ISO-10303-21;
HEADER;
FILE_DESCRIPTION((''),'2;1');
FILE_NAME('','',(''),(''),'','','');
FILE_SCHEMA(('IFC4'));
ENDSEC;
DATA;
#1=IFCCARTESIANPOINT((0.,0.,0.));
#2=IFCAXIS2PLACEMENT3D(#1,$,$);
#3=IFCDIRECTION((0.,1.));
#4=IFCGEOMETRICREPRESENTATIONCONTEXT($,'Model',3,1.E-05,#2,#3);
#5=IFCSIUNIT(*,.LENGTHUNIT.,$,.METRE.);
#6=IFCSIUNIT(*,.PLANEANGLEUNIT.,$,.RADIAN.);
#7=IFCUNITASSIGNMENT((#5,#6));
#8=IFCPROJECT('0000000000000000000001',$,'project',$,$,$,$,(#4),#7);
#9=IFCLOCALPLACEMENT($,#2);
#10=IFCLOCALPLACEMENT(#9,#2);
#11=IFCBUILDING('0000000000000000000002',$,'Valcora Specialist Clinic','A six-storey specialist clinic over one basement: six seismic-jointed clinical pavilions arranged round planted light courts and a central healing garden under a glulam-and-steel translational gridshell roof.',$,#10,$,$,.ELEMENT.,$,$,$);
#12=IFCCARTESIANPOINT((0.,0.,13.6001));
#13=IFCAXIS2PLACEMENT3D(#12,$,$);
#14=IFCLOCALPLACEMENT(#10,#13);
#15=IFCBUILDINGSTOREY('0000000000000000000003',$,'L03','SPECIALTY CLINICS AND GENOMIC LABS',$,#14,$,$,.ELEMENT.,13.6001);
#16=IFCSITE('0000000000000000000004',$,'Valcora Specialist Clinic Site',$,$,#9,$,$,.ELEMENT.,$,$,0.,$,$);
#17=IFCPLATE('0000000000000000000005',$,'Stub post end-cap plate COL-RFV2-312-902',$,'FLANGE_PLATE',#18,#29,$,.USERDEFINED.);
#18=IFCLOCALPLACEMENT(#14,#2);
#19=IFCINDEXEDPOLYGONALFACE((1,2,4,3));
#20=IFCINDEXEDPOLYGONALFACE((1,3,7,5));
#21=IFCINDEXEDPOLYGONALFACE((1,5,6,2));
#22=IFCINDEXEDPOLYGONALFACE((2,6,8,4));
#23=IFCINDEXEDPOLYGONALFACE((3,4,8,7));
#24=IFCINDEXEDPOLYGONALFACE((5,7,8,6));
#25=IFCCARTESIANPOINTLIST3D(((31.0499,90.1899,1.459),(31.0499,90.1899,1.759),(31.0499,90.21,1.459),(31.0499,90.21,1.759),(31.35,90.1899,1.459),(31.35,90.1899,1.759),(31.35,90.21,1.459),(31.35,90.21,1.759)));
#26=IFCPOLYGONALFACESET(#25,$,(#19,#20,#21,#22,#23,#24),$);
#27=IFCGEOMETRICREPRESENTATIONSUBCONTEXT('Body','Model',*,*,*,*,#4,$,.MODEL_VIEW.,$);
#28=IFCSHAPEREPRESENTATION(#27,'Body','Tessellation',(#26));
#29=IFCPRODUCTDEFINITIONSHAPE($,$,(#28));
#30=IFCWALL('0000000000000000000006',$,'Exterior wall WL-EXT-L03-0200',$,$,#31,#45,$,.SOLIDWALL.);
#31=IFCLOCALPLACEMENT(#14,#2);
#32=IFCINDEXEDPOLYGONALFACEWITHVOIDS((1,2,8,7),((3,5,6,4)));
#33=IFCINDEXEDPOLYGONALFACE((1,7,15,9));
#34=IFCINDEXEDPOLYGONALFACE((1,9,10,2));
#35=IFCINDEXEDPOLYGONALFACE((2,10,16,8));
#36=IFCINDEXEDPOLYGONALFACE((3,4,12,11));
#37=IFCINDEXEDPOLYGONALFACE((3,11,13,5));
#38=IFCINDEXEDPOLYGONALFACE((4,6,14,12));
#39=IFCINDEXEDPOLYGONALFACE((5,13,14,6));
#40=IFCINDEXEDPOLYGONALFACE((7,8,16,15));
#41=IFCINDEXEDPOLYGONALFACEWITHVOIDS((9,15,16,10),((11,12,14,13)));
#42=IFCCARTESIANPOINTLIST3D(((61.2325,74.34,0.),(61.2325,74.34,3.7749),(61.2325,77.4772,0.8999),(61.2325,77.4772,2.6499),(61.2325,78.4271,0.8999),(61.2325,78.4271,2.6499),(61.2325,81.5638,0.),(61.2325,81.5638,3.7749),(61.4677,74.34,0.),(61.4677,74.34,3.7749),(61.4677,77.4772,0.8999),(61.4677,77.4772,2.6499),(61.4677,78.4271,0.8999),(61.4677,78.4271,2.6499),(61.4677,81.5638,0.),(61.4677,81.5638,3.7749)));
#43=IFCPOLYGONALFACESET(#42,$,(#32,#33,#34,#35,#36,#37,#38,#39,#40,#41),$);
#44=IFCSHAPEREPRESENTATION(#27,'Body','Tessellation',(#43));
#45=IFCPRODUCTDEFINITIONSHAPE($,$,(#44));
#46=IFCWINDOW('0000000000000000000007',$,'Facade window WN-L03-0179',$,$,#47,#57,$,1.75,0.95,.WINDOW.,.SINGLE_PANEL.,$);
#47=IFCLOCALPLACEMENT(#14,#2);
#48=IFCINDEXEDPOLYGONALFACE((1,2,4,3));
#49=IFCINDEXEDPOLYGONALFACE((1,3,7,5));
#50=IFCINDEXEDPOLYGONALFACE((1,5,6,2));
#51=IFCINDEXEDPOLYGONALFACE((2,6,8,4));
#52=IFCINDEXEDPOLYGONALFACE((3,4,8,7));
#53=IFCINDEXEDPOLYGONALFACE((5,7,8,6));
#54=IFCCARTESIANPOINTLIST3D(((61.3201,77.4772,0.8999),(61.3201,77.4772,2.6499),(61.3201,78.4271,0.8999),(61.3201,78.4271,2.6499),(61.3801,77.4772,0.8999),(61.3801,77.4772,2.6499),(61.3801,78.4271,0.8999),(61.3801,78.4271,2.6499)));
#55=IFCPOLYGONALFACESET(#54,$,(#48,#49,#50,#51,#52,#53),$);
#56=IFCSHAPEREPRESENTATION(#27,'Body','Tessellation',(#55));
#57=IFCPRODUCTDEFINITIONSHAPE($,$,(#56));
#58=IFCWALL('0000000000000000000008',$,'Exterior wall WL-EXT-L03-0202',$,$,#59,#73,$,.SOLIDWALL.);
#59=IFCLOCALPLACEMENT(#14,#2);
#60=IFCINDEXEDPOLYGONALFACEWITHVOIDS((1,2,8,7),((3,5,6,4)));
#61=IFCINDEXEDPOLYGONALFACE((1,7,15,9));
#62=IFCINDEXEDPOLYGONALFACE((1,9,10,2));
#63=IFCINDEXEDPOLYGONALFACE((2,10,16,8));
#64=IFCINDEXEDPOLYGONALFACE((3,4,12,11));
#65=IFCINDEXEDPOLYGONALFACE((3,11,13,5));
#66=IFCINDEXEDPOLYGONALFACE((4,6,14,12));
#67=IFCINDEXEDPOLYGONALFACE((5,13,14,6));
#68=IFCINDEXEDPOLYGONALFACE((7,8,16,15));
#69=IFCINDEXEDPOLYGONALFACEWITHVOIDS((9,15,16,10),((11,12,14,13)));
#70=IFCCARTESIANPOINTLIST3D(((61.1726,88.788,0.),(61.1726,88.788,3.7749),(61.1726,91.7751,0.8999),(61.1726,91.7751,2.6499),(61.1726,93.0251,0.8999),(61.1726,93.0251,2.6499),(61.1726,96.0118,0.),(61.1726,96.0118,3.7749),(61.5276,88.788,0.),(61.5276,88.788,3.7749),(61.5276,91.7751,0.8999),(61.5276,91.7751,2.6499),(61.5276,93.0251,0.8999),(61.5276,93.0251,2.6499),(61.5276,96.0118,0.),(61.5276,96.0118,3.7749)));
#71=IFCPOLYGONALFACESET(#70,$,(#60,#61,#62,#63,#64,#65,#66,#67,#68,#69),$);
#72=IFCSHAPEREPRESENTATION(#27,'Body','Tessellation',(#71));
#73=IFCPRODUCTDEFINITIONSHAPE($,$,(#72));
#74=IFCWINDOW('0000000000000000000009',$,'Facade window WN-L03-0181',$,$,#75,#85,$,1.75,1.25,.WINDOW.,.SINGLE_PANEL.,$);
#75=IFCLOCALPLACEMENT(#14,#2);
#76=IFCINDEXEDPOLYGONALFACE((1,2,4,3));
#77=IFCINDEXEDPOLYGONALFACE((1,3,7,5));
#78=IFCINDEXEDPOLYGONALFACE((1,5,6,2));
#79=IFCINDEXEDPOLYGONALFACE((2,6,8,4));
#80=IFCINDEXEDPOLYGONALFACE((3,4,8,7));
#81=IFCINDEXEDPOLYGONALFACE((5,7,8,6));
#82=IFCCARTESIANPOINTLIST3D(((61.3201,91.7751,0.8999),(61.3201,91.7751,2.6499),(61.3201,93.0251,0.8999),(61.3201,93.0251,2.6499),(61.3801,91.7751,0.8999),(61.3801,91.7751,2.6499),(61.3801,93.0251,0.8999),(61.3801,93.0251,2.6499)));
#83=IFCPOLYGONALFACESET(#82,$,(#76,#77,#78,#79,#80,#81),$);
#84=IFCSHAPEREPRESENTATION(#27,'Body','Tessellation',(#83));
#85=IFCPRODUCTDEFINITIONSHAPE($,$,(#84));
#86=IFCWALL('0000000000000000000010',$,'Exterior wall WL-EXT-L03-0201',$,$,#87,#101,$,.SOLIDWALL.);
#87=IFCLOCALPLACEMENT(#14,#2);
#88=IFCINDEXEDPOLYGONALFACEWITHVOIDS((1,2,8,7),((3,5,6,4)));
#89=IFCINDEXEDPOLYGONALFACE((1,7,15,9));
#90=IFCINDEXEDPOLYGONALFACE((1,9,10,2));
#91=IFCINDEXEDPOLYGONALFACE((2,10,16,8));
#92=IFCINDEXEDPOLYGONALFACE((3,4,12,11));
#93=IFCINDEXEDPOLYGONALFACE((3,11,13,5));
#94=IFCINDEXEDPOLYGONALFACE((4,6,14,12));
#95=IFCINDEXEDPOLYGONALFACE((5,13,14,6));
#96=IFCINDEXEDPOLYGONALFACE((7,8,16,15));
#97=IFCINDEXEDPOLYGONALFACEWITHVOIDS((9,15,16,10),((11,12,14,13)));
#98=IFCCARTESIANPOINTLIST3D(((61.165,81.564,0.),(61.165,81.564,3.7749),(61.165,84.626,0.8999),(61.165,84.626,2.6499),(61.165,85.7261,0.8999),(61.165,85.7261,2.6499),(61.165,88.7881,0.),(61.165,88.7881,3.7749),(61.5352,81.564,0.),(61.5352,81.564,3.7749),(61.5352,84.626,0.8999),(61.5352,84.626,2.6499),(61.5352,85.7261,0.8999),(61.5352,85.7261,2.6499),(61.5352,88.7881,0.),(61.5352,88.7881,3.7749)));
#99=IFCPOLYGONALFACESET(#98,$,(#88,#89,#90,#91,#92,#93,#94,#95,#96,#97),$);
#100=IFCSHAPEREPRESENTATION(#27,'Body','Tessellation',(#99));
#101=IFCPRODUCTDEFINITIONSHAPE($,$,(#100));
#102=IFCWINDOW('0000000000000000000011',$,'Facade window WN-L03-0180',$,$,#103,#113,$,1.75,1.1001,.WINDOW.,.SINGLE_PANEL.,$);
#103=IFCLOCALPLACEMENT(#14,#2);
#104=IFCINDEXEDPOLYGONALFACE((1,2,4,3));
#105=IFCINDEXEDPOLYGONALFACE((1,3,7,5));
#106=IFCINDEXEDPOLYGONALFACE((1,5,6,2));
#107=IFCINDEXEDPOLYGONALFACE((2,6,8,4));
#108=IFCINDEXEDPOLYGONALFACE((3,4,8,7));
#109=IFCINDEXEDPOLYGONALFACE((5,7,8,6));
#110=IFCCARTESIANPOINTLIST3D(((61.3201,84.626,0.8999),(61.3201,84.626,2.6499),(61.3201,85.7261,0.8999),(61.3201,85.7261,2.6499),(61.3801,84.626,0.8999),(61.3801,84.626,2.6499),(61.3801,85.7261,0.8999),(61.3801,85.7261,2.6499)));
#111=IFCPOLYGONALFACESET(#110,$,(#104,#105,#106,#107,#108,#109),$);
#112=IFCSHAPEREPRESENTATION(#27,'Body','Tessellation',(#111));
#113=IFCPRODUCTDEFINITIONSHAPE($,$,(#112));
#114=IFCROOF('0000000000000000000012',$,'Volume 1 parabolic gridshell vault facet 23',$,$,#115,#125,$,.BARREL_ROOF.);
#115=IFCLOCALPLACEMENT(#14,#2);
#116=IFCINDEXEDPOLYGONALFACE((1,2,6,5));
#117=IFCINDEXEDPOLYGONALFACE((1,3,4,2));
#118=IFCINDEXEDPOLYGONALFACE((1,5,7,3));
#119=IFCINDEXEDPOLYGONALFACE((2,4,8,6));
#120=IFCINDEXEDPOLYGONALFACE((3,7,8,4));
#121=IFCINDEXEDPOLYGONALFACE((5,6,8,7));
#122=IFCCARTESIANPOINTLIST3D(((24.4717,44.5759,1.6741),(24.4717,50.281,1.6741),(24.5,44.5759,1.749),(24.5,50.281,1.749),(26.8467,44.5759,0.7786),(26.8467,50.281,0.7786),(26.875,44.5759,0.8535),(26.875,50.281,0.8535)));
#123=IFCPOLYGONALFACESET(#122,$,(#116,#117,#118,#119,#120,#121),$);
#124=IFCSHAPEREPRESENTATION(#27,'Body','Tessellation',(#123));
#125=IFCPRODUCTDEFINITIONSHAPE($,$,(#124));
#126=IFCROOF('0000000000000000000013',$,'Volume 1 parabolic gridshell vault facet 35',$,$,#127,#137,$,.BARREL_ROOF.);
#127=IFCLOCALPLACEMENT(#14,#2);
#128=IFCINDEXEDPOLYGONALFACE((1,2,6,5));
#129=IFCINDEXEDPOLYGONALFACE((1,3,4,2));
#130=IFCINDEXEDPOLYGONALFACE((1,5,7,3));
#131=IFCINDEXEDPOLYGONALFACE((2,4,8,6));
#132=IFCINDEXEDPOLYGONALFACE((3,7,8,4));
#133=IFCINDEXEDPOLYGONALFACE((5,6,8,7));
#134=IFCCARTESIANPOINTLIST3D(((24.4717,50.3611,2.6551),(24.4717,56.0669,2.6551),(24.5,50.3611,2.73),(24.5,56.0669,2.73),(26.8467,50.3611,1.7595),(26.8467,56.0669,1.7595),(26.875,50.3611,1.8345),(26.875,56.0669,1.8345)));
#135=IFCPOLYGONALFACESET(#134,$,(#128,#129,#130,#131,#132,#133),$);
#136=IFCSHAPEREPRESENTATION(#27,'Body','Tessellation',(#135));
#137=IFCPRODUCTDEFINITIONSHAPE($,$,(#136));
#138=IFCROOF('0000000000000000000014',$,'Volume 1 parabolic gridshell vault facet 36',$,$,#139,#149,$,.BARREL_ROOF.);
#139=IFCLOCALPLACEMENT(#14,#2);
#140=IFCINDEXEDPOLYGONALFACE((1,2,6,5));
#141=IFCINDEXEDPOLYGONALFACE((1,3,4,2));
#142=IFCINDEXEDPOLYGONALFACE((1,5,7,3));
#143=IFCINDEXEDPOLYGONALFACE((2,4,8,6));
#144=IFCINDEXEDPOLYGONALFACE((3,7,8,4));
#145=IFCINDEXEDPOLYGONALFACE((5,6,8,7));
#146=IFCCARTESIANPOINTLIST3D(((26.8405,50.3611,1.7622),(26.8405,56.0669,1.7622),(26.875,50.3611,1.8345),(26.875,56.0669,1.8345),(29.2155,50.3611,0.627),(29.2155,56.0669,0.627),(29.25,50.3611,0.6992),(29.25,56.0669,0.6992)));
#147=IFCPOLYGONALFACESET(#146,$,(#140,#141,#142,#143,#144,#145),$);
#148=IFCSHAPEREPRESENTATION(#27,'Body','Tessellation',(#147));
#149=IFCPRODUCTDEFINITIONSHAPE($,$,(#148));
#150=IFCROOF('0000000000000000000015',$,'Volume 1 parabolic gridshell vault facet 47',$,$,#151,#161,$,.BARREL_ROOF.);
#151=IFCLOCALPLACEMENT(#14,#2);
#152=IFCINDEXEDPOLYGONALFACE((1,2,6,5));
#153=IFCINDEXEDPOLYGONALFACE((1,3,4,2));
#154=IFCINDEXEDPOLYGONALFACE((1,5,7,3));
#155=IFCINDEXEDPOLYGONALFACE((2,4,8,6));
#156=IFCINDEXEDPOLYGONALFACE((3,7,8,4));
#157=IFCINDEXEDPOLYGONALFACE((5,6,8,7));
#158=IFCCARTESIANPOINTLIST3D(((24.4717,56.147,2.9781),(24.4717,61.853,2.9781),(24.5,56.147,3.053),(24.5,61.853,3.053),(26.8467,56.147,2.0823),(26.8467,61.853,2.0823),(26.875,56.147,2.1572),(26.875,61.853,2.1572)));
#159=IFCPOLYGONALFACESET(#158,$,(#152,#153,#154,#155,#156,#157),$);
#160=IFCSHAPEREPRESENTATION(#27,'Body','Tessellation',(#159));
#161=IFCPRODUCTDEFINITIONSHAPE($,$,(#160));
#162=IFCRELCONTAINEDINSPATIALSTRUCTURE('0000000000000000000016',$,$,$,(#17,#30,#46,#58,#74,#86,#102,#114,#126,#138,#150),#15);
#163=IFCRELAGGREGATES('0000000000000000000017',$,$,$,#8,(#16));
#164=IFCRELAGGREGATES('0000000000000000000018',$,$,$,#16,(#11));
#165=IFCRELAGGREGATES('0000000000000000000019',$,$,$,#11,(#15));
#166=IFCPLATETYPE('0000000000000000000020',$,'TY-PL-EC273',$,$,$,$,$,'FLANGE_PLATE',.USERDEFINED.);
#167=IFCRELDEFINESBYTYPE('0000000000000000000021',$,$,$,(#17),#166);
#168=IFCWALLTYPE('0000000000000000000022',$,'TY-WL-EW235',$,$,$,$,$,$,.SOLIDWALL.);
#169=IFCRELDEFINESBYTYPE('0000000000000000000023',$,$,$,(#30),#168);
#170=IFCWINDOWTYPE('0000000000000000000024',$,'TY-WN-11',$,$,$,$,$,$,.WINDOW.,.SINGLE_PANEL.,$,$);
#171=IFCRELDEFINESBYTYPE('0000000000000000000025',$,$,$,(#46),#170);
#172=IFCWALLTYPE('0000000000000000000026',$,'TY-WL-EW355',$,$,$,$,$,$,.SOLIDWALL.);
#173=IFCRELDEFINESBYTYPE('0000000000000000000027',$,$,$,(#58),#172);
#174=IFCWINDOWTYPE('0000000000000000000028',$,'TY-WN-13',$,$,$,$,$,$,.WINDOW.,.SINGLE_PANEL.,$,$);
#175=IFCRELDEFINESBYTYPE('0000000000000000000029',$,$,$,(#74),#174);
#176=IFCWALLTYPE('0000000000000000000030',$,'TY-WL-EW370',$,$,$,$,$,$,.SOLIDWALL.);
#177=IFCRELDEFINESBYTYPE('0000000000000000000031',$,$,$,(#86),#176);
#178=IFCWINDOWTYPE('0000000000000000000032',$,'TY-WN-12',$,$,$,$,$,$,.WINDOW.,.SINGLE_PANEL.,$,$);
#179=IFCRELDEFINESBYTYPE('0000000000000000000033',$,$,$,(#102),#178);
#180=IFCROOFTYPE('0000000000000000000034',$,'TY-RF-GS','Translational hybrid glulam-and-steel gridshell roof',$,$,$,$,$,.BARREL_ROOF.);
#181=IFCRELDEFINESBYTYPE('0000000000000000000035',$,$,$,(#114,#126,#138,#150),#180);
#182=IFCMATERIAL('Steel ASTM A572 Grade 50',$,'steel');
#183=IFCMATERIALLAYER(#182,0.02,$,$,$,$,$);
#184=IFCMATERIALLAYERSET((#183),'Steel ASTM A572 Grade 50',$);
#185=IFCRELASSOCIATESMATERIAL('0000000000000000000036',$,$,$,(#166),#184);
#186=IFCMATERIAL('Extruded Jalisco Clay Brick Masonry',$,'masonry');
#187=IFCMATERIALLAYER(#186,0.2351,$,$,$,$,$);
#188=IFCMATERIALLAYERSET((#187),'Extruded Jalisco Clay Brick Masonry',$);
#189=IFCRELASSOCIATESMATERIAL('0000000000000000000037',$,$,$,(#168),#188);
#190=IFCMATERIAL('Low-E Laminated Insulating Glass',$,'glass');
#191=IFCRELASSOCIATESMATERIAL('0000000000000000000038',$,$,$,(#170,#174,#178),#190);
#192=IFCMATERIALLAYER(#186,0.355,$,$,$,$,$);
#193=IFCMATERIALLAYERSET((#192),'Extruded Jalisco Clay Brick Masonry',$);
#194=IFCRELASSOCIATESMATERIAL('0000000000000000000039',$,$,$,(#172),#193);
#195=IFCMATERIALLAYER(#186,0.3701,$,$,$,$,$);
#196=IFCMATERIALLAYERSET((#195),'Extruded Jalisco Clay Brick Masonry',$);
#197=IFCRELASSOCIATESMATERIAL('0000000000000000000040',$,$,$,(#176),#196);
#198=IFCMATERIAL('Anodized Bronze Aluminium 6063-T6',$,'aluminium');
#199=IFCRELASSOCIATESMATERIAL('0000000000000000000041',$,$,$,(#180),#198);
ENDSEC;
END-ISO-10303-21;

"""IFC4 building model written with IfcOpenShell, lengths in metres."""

from ifc_helpers import new_model, si_unit, direction, frame, frame_2d, origin, origin_2d, place, context, subcontext, project, spatial, polyline, rectangle, outline, extrude, material, layer, layer_set, type_object, element, fill, save


model = new_model("IFC4")

# Units and contexts
model_context = context("Model", 3, precision=1e-05, world=origin(), true_north=direction((0.0, 1.0)))
body_context = subcontext(model_context, "Body", "Model", "MODEL_VIEW")
ifc_project = project(units=[si_unit("LENGTHUNIT", "METRE"), si_unit("PLANEANGLEUNIT", "RADIAN")], contexts=[model_context])

# Site, building, storey
site_placement = place(None, origin())
site = spatial("IfcSite", under=ifc_project, at=site_placement, Name="Valcora Specialist Clinic Site", CompositionType="ELEMENT", RefElevation=0.0)
building_placement = place(site_placement, origin())
building = spatial("IfcBuilding", under=site, at=building_placement, Name="Valcora Specialist Clinic", Description="A six-storey specialist clinic over one basement: six seismic-jointed clinical pavilions arranged round planted light courts and a central healing garden under a glulam-and-steel translational gridshell roof.", CompositionType="ELEMENT")
storey_placement = place(building_placement, frame((0.0, 0.0, 13.6001)))
storey = spatial("IfcBuildingStorey", under=building, at=storey_placement, Name="L03", Description="SPECIALTY CLINICS AND GENOMIC LABS", CompositionType="ELEMENT", Elevation=13.6001)

# Plate
ifc_material_1 = material(Name="Steel ASTM A572 Grade 50", Category="steel")
ifc_layer_1 = layer(ifc_material_1, 0.02)
ifc_layer_set_1 = layer_set([ifc_layer_1], Name="Steel ASTM A572 Grade 50")
plate_type = type_object("IfcPlateType", Name="TY-PL-EC273", ElementType="FLANGE_PLATE", PredefinedType="USERDEFINED", material=ifc_layer_set_1)
for number, where, z_axis, x_axis, name in (
    (1, (31.2, 90.2, 1.459), (0.0, 0.0, 1.0), (1.0, 0.0, 0.0), "Stub post end-cap plate COL-RFV2-312-902"),
):
    element("IfcPlate", number, at=place(storey_placement, frame(where, z_axis=z_axis, x_axis=x_axis)), inside=storey, type_object=plate_type, Name=name, ObjectType="FLANGE_PLATE", PredefinedType="USERDEFINED", context=body_context, shape_type="SweptSolid", body=[
        extrude(rectangle(XDim=0.3, YDim=0.02, at=origin_2d()), origin(), (0.0, 0.0, 1.0), 0.3),
    ])

# Walls, openings, windows
ifc_material_2 = material(Name="Extruded Jalisco Clay Brick Masonry", Category="masonry")
ifc_layer_2 = layer(ifc_material_2, 0.2351)
ifc_layer_set_2 = layer_set([ifc_layer_2], Name="Extruded Jalisco Clay Brick Masonry")
wall_type_1 = type_object("IfcWallType", Name="TY-WL-EW235", PredefinedType="SOLIDWALL", material=ifc_layer_set_2)
wall_1_placement = place(storey_placement, frame((61.3501, 74.3401, 0.0), z_axis=(0.0, 0.0, 1.0), x_axis=(0.0, 1.0, 0.0)))
wall_1 = element("IfcWall", 2, at=wall_1_placement, inside=storey, type_object=wall_type_1, Name="Exterior wall WL-EXT-L03-0200", PredefinedType="SOLIDWALL", context=body_context, shape_type="SweptSolid", body=[
    extrude(rectangle(XDim=7.2239, YDim=0.2351, at=frame_2d((3.6118, 0.0))), origin(), (0.0, 0.0, 1.0), 3.7749),
])
opening_1_placement = place(wall_1_placement, frame((3.137, 0.0, 0.8999)))
opening_1 = element("IfcOpeningElement", 3, at=opening_1_placement, cuts=wall_1, PredefinedType="OPENING", context=body_context, shape_type="SweptSolid", body=[
    extrude(rectangle(XDim=0.95, YDim=1.75, at=frame_2d((0.4751, 0.875))), frame((0.0, 0.1274, 0.0), z_axis=(0.0, -1.0, 0.0), x_axis=(1.0, 0.0, 0.0)), (0.0, 0.0, 1.0), 0.2551),
])
ifc_material_3 = material(Name="Low-E Laminated Insulating Glass", Category="glass")
window_type_1 = type_object("IfcWindowType", Name="TY-WN-11", PartitioningType="SINGLE_PANEL", PredefinedType="WINDOW", material=ifc_material_3)
window_1_placement = place(opening_1_placement, origin())
window_1 = element("IfcWindow", 4, at=window_1_placement, inside=storey, type_object=window_type_1, Name="Facade window WN-L03-0179", OverallHeight=1.75, OverallWidth=0.95, PartitioningType="SINGLE_PANEL", PredefinedType="WINDOW", context=body_context, shape_type="SweptSolid", body=[
    extrude(rectangle(XDim=0.95, YDim=1.75, at=frame_2d((0.4751, 0.875))), frame((0.0, 0.03, 0.0), z_axis=(0.0, -1.0, 0.0), x_axis=(1.0, 0.0, 0.0)), (0.0, 0.0, 1.0), 0.0601),
])
fill(opening_1, window_1)
ifc_layer_3 = layer(ifc_material_2, 0.355)
ifc_layer_set_3 = layer_set([ifc_layer_3], Name="Extruded Jalisco Clay Brick Masonry")
wall_type_2 = type_object("IfcWallType", Name="TY-WL-EW355", PredefinedType="SOLIDWALL", material=ifc_layer_set_3)
wall_2_placement = place(storey_placement, frame((61.3501, 88.7881, 0.0), z_axis=(0.0, 0.0, 1.0), x_axis=(0.0, 1.0, 0.0)))
wall_2 = element("IfcWall", 5, at=wall_2_placement, inside=storey, type_object=wall_type_2, Name="Exterior wall WL-EXT-L03-0202", PredefinedType="SOLIDWALL", context=body_context, shape_type="SweptSolid", body=[
    extrude(rectangle(XDim=7.2239, YDim=0.355, at=frame_2d((3.6118, 0.0))), origin(), (0.0, 0.0, 1.0), 3.7749),
])
opening_2_placement = place(wall_2_placement, frame((2.9871, 0.0, 0.8999)))
opening_2 = element("IfcOpeningElement", 6, at=opening_2_placement, cuts=wall_2, PredefinedType="OPENING", context=body_context, shape_type="SweptSolid", body=[
    extrude(rectangle(XDim=1.25, YDim=1.75, at=frame_2d((0.625, 0.875))), frame((0.0, 0.1875, 0.0), z_axis=(0.0, -1.0, 0.0), x_axis=(1.0, 0.0, 0.0)), (0.0, 0.0, 1.0), 0.375),
])
window_type_2 = type_object("IfcWindowType", Name="TY-WN-13", PartitioningType="SINGLE_PANEL", PredefinedType="WINDOW", material=ifc_material_3)
window_2_placement = place(opening_2_placement, origin())
window_2 = element("IfcWindow", 7, at=window_2_placement, inside=storey, type_object=window_type_2, Name="Facade window WN-L03-0181", OverallHeight=1.75, OverallWidth=1.25, PartitioningType="SINGLE_PANEL", PredefinedType="WINDOW", context=body_context, shape_type="SweptSolid", body=[
    extrude(rectangle(XDim=1.25, YDim=1.75, at=frame_2d((0.625, 0.875))), frame((0.0, 0.03, 0.0), z_axis=(0.0, -1.0, 0.0), x_axis=(1.0, 0.0, 0.0)), (0.0, 0.0, 1.0), 0.0601),
])
fill(opening_2, window_2)
ifc_layer_4 = layer(ifc_material_2, 0.3701)
ifc_layer_set_4 = layer_set([ifc_layer_4], Name="Extruded Jalisco Clay Brick Masonry")
wall_type_3 = type_object("IfcWallType", Name="TY-WL-EW370", PredefinedType="SOLIDWALL", material=ifc_layer_set_4)
wall_3_placement = place(storey_placement, frame((61.3501, 81.564, 0.0), z_axis=(0.0, 0.0, 1.0), x_axis=(0.0, 1.0, 0.0)))
wall_3 = element("IfcWall", 8, at=wall_3_placement, inside=storey, type_object=wall_type_3, Name="Exterior wall WL-EXT-L03-0201", PredefinedType="SOLIDWALL", context=body_context, shape_type="SweptSolid", body=[
    extrude(rectangle(XDim=7.2241, YDim=0.3701, at=frame_2d((3.6121, 0.0))), origin(), (0.0, 0.0, 1.0), 3.7749),
])
opening_3_placement = place(wall_3_placement, frame((3.062, 0.0, 0.8999)))
opening_3 = element("IfcOpeningElement", 9, at=opening_3_placement, cuts=wall_3, PredefinedType="OPENING", context=body_context, shape_type="SweptSolid", body=[
    extrude(rectangle(XDim=1.1001, YDim=1.75, at=frame_2d((0.55, 0.875))), frame((0.0, 0.1951, 0.0), z_axis=(0.0, -1.0, 0.0), x_axis=(1.0, 0.0, 0.0)), (0.0, 0.0, 1.0), 0.3901),
])
window_type_3 = type_object("IfcWindowType", Name="TY-WN-12", PartitioningType="SINGLE_PANEL", PredefinedType="WINDOW", material=ifc_material_3)
window_3_placement = place(opening_3_placement, origin())
window_3 = element("IfcWindow", 10, at=window_3_placement, inside=storey, type_object=window_type_3, Name="Facade window WN-L03-0180", OverallHeight=1.75, OverallWidth=1.1001, PartitioningType="SINGLE_PANEL", PredefinedType="WINDOW", context=body_context, shape_type="SweptSolid", body=[
    extrude(rectangle(XDim=1.1001, YDim=1.75, at=frame_2d((0.55, 0.875))), frame((0.0, 0.03, 0.0), z_axis=(0.0, -1.0, 0.0), x_axis=(1.0, 0.0, 0.0)), (0.0, 0.0, 1.0), 0.0601),
])
fill(opening_3, window_3)

# Roofs
ifc_material_4 = material(Name="Anodized Bronze Aluminium 6063-T6", Category="aluminium")
roof_type = type_object("IfcRoofType", Name="TY-RF-GS", Description="Translational hybrid glulam-and-steel gridshell roof", PredefinedType="BARREL_ROOF", material=ifc_material_4)
roof_1_placement = place(storey_placement, frame((24.5, 44.5759, 1.749), z_axis=(0.352809, 0.0, 0.935695), x_axis=(0.935695, 0.0, -0.352809)))
element("IfcRoof", 11, at=roof_1_placement, inside=storey, type_object=roof_type, Name="Volume 1 parabolic gridshell vault facet 23", PredefinedType="BARREL_ROOF", context=body_context, shape_type="SweptSolid", body=[
    extrude(outline(polyline([(0.0, 0.0), (2.5382, 0.0), (2.5382, 5.7051), (0.0, 5.7051), (0.0, 0.0)])), origin(), (0.0, 0.0, -1.0), 0.0801),
])
roof_2_placement = place(storey_placement, frame((24.5, 50.3611, 2.73), z_axis=(0.352809, 0.0, 0.935695), x_axis=(0.935695, 0.0, -0.352809)))
element("IfcRoof", 12, at=roof_2_placement, inside=storey, type_object=roof_type, Name="Volume 1 parabolic gridshell vault facet 35", PredefinedType="BARREL_ROOF", context=body_context, shape_type="SweptSolid", body=[
    extrude(outline(polyline([(0.0, 0.0), (2.5382, 0.0), (2.5382, 5.7058), (0.0, 5.7058), (0.0, 0.0)])), origin(), (0.0, 0.0, -1.0), 0.0801),
])
roof_3_placement = place(storey_placement, frame((26.875, 50.3611, 1.8345), z_axis=(0.431265, 0.0, 0.902225), x_axis=(0.902225, 0.0, -0.431265)))
element("IfcRoof", 13, at=roof_3_placement, inside=storey, type_object=roof_type, Name="Volume 1 parabolic gridshell vault facet 36", PredefinedType="BARREL_ROOF", context=body_context, shape_type="SweptSolid", body=[
    extrude(outline(polyline([(0.0, 0.0), (2.6324, 0.0), (2.6324, 5.7058), (0.0, 5.7058), (0.0, 0.0)])), origin(), (0.0, 0.0, -1.0), 0.0801),
])
roof_4_placement = place(storey_placement, frame((24.5, 56.147, 3.053), z_axis=(0.352894, 0.0, 0.935663), x_axis=(0.935663, 0.0, -0.352894)))
element("IfcRoof", 14, at=roof_4_placement, inside=storey, type_object=roof_type, Name="Volume 1 parabolic gridshell vault facet 47", PredefinedType="BARREL_ROOF", context=body_context, shape_type="SweptSolid", body=[
    extrude(outline(polyline([(0.0, 0.0), (2.5383, 0.0), (2.5383, 5.7061), (0.0, 5.7061), (0.0, 0.0)])), origin(), (0.0, 0.0, -1.0), 0.0801),
])

save(model, "model.ifc")
